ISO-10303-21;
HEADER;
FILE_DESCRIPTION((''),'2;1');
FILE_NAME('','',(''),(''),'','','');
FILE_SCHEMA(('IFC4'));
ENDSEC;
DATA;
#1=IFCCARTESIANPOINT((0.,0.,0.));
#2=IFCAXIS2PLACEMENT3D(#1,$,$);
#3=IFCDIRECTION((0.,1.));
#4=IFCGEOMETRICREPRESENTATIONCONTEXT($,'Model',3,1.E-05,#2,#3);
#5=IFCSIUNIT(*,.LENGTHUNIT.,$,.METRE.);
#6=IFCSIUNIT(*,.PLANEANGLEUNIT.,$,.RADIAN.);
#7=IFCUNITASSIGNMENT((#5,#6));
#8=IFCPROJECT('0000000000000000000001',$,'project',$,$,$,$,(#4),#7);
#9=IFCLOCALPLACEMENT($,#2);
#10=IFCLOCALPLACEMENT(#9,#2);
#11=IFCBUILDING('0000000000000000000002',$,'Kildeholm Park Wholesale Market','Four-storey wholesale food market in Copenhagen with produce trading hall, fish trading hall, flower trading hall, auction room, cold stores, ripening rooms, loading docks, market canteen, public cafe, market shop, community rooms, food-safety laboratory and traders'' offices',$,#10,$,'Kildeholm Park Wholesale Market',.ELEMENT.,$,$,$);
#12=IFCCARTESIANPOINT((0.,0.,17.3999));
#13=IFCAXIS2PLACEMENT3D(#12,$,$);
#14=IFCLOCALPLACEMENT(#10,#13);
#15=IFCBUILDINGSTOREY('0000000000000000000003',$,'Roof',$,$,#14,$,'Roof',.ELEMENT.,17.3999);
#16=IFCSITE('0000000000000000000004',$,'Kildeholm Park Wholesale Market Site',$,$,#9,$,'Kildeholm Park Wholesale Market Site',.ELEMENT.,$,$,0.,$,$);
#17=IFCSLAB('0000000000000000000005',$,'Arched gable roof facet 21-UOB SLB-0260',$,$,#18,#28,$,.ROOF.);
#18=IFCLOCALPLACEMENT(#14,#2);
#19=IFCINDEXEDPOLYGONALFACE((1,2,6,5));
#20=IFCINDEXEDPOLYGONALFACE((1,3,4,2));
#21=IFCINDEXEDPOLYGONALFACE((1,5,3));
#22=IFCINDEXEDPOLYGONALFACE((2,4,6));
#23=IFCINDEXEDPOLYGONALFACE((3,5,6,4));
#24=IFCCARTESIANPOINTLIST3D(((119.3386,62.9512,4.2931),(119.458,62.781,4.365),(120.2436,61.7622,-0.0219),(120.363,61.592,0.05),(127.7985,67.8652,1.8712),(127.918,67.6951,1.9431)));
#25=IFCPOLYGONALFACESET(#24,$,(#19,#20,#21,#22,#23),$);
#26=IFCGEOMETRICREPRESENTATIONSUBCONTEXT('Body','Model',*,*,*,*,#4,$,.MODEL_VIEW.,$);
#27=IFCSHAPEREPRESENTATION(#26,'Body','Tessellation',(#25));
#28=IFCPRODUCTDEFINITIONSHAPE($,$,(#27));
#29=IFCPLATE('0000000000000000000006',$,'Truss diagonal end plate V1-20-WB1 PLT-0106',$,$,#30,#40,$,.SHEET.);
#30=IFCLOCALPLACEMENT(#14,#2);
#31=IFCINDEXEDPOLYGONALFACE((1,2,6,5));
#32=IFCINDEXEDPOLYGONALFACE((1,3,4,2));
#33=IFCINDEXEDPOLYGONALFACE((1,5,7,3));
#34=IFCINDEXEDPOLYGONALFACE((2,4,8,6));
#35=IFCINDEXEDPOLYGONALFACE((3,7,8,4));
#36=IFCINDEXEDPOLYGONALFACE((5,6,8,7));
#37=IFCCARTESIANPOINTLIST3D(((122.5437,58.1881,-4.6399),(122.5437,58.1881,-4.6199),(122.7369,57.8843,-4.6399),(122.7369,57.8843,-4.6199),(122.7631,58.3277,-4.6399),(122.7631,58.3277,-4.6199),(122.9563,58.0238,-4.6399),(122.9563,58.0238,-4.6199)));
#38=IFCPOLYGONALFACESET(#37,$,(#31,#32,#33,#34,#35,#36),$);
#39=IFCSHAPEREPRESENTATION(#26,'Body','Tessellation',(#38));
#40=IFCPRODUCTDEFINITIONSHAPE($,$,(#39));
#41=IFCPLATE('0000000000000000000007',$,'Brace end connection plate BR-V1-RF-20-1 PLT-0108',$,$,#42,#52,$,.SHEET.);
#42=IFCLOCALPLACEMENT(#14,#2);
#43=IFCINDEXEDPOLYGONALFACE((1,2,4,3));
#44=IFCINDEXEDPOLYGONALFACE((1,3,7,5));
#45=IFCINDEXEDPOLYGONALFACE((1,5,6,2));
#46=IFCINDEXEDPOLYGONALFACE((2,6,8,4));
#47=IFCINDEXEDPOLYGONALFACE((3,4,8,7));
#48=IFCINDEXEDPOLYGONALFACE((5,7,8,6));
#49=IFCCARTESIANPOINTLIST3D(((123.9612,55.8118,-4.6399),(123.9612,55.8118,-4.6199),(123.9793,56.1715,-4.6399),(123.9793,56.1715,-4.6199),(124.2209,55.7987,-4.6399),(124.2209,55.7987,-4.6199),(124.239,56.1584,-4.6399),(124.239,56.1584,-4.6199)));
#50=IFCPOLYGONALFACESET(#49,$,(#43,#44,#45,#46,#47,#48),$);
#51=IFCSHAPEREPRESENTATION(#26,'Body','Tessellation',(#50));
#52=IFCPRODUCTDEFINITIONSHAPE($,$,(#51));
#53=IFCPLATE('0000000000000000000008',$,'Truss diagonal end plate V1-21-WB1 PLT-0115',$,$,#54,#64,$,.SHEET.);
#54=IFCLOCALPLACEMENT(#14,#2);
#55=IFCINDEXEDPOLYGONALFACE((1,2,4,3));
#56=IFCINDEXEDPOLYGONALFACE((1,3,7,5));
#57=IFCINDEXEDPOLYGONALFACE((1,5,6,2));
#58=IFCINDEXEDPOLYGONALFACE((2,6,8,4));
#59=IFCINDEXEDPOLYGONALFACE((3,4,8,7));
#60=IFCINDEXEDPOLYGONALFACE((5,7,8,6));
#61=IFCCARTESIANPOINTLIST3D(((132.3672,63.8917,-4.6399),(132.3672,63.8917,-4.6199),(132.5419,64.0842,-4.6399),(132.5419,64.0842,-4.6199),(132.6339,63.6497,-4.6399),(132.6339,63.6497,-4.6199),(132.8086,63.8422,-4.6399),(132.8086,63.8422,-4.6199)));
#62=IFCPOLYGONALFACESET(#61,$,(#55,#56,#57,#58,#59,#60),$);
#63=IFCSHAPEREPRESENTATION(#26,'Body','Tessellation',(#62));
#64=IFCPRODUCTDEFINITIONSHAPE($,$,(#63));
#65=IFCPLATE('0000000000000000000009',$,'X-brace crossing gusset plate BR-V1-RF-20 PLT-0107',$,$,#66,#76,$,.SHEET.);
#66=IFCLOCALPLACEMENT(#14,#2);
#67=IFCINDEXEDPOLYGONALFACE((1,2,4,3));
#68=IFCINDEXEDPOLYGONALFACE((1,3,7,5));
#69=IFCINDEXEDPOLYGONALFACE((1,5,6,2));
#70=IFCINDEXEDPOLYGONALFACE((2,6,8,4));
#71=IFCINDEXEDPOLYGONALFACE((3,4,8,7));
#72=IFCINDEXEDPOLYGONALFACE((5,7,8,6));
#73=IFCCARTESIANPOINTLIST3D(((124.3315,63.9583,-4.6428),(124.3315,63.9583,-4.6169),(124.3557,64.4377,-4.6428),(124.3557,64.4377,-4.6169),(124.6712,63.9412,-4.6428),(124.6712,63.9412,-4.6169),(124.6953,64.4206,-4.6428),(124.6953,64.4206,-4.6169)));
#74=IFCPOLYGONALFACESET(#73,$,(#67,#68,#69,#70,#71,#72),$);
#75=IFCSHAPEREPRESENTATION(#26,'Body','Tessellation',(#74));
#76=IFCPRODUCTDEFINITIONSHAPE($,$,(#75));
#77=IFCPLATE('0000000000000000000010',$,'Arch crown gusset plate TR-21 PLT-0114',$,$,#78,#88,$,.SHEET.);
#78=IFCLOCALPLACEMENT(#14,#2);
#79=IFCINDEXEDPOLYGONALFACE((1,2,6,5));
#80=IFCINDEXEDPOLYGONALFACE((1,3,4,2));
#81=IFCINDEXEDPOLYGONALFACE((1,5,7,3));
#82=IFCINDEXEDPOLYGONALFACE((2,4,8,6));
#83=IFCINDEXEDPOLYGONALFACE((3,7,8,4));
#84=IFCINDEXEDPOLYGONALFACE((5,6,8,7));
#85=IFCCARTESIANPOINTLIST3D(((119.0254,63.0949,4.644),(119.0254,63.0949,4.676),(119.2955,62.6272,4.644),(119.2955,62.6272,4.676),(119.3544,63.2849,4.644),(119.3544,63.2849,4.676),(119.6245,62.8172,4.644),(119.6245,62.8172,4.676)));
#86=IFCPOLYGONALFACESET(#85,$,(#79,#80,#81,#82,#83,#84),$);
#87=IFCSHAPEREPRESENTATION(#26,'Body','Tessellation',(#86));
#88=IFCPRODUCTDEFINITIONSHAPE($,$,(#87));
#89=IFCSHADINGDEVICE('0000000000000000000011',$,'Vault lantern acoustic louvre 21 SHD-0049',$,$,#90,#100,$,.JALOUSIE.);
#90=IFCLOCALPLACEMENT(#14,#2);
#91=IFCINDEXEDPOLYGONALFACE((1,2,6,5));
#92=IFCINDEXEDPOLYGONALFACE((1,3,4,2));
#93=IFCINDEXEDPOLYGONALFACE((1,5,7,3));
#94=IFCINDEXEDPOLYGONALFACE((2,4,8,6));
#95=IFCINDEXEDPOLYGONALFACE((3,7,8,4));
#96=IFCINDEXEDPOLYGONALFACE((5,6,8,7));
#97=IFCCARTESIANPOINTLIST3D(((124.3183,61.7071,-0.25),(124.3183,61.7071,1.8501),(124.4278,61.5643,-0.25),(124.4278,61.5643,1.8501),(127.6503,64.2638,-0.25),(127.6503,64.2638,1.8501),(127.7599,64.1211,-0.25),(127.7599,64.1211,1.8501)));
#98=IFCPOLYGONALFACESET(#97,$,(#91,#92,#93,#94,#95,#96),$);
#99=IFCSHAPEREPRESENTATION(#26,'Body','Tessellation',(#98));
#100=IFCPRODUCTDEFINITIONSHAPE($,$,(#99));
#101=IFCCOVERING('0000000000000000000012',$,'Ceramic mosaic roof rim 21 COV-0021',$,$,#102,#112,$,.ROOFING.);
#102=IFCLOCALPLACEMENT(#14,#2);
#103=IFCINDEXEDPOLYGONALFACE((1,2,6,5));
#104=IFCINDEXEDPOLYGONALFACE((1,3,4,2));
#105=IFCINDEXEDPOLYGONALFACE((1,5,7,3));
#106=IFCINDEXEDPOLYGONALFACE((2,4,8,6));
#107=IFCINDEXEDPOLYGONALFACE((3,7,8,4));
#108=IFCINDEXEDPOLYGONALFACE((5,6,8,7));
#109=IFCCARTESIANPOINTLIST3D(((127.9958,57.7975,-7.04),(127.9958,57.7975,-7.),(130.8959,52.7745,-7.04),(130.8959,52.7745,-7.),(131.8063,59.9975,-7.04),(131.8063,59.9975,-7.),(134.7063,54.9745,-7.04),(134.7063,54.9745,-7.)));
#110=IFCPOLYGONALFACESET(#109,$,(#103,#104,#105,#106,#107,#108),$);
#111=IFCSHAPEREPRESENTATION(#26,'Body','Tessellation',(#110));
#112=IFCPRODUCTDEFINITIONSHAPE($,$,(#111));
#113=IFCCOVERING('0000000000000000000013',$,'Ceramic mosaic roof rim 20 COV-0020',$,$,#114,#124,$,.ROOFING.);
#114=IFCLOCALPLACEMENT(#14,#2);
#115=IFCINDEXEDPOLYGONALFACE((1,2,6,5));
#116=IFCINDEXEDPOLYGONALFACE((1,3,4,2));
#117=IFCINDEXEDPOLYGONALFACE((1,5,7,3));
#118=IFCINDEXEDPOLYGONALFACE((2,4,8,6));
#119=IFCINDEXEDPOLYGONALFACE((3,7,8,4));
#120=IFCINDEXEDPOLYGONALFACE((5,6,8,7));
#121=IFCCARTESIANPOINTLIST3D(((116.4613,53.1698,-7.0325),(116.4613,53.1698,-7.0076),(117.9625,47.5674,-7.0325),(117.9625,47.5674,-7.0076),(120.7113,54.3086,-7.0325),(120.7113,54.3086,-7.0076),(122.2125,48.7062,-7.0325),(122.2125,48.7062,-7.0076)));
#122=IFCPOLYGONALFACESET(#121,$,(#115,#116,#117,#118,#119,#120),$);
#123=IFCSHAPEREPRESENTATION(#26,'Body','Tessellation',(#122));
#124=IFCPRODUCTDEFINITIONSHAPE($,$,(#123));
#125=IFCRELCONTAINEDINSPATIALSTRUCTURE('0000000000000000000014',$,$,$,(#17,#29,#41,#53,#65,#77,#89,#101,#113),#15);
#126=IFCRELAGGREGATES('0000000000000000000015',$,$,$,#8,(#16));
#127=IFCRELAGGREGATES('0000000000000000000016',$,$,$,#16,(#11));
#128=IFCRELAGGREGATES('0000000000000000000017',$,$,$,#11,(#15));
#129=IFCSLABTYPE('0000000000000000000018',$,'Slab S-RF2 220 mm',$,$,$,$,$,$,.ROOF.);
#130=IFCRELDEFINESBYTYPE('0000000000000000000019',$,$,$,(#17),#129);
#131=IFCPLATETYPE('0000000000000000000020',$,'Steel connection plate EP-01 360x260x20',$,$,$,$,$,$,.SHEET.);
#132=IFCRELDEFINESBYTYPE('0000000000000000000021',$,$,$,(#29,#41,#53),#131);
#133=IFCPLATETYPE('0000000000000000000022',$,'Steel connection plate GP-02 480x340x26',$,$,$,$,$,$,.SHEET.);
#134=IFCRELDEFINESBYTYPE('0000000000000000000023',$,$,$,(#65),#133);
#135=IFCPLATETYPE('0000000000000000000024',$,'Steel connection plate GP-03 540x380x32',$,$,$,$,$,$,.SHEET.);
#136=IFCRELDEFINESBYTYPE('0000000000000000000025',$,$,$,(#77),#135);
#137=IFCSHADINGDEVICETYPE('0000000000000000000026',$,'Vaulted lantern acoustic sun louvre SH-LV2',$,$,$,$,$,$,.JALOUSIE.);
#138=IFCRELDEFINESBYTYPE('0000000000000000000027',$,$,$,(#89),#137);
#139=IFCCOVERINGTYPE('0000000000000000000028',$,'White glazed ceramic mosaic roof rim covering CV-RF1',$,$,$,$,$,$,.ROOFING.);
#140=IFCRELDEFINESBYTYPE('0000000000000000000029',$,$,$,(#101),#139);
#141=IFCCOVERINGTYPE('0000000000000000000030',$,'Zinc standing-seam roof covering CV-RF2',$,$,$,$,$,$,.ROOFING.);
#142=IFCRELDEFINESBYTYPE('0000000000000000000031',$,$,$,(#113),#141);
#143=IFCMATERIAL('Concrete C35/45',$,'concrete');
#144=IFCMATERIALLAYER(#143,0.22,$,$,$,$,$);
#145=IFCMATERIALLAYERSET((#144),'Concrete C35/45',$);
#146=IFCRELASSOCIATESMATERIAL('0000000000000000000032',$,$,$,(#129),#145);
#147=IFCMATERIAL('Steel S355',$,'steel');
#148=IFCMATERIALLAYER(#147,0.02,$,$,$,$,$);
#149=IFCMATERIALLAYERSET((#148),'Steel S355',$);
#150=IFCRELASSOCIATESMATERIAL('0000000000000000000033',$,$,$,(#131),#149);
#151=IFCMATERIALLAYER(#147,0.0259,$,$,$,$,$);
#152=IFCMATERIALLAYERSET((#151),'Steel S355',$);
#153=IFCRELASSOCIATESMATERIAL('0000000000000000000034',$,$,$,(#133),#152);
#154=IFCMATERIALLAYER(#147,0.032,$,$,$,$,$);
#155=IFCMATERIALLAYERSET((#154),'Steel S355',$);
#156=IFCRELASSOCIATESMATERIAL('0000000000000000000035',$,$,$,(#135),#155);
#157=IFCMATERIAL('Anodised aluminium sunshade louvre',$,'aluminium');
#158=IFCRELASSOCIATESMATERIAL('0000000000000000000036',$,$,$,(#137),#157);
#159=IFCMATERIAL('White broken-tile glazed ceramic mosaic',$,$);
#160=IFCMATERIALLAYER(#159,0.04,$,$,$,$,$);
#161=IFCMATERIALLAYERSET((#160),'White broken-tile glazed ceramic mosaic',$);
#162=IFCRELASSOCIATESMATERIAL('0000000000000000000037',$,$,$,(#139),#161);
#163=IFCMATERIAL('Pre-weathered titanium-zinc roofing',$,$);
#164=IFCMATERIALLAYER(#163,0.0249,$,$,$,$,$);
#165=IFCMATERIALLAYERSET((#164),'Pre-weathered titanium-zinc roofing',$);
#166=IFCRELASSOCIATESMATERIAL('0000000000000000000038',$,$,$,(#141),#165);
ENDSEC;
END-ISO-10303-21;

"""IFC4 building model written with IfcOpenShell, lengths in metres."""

from ifc_helpers import new_model, si_unit, direction, frame, origin, origin_2d, place, context, subcontext, project, spatial, polyline, rectangle, outline, extrude, material, layer, layer_set, type_object, element, save


model = new_model("IFC4")

# Units and contexts
model_context = context("Model", 3, precision=1e-05, world=origin(), true_north=direction((0.0, 1.0)))
body_context = subcontext(model_context, "Body", "Model", "MODEL_VIEW")
ifc_project = project(units=[si_unit("LENGTHUNIT", "METRE"), si_unit("PLANEANGLEUNIT", "RADIAN")], contexts=[model_context])

# Site, building, storey
site_placement = place(None, origin())
site = spatial("IfcSite", under=ifc_project, at=site_placement, Name="Kildeholm Park Wholesale Market Site", LongName="Kildeholm Park Wholesale Market Site", CompositionType="ELEMENT", RefElevation=0.0)
building_placement = place(site_placement, origin())
building = spatial("IfcBuilding", under=site, at=building_placement, Name="Kildeholm Park Wholesale Market", Description="Four-storey wholesale food market in Copenhagen with produce trading hall, fish trading hall, flower trading hall, auction room, cold stores, ripening rooms, loading docks, market canteen, public cafe, market shop, community rooms, food-safety laboratory and traders' offices", LongName="Kildeholm Park Wholesale Market", CompositionType="ELEMENT")
storey_placement = place(building_placement, frame((0.0, 0.0, 17.3999)))
storey = spatial("IfcBuildingStorey", under=building, at=storey_placement, Name="Roof", LongName="Roof", CompositionType="ELEMENT", Elevation=17.3999)

# Shared definitions
ifc_material_1 = material(Name="Steel S355", Category="steel")

# Slab
ifc_material_2 = material(Name="Concrete C35/45", Category="concrete")
ifc_layer_1 = layer(ifc_material_2, 0.22)
ifc_layer_set_1 = layer_set([ifc_layer_1], Name="Concrete C35/45")
slab_type = type_object("IfcSlabType", Name="Slab S-RF2 220 mm", PredefinedType="ROOF", material=ifc_layer_set_1)
slab_1_placement = place(storey_placement, frame((120.363, 61.592, 0.05), z_axis=(0.542913, -0.773505, 0.327009), x_axis=(0.763523, 0.61679, 0.191319)))
element("IfcSlab", 1, at=slab_1_placement, inside=storey, type_object=slab_type, Name="Arched gable roof facet 21-UOB SLB-0260", PredefinedType="ROOF", context=body_context, shape_type="SweptSolid", body=[
    extrude(outline(polyline([(0.0, 0.0), (9.8948, 0.0), (0.8679, 4.4831), (0.0, 0.0)])), origin(), (0.0, 0.0, -1.0), 0.22),
])

# Plates
ifc_layer_2 = layer(ifc_material_1, 0.02)
ifc_layer_set_2 = layer_set([ifc_layer_2], Name="Steel S355")
plate_type_1 = type_object("IfcPlateType", Name="Steel connection plate EP-01 360x260x20", PredefinedType="SHEET", material=ifc_layer_set_2)
for number, where, z_axis, x_axis, name in (
    (2, (122.75, 58.106, -4.6399), (0.0, 0.0, 1.0), (-0.536711, 0.843766, 0.0), "Truss diagonal end plate V1-20-WB1 PLT-0106"),
    (3, (124.1001, 55.9851, -4.6399), (0.0, 0.0, 1.0), (0.050244, 0.998737, 0.0), "Brace end connection plate BR-V1-RF-20-1 PLT-0108"),
    (4, (132.5879, 63.8669, -4.6399), (0.0, 0.0, 1.0), (-0.74057, 0.671979, 0.0), "Truss diagonal end plate V1-21-WB1 PLT-0115"),
):
    element("IfcPlate", number, at=place(storey_placement, frame(where, z_axis=z_axis, x_axis=x_axis)), inside=storey, type_object=plate_type_1, Name=name, PredefinedType="SHEET", context=body_context, shape_type="SweptSolid", body=[
        extrude(rectangle(XDim=0.3601, YDim=0.26, at=origin_2d()), origin(), (0.0, 0.0, 1.0), 0.02),
    ])
ifc_layer_3 = layer(ifc_material_1, 0.0259)
ifc_layer_set_3 = layer_set([ifc_layer_3], Name="Steel S355")
plate_type_2 = type_object("IfcPlateType", Name="Steel connection plate GP-02 480x340x26", PredefinedType="SHEET", material=ifc_layer_set_3)
plate_1_placement = place(storey_placement, frame((124.5134, 64.1895, -4.6428), z_axis=(0.0, 0.0, 1.0), x_axis=(0.050244, 0.998737, 0.0)))
element("IfcPlate", 5, at=plate_1_placement, inside=storey, type_object=plate_type_2, Name="X-brace crossing gusset plate BR-V1-RF-20 PLT-0107", PredefinedType="SHEET", context=body_context, shape_type="SweptSolid", body=[
    extrude(rectangle(XDim=0.48, YDim=0.3401, at=origin_2d()), origin(), (0.0, 0.0, 1.0), 0.0259),
])
ifc_layer_4 = layer(ifc_material_1, 0.032)
ifc_layer_set_4 = layer_set([ifc_layer_4], Name="Steel S355")
plate_type_3 = type_object("IfcPlateType", Name="Steel connection plate GP-03 540x380x32", PredefinedType="SHEET", material=ifc_layer_set_4)
plate_2_placement = place(storey_placement, frame((119.325, 62.9561, 4.644), z_axis=(0.0, 0.0, 1.0), x_axis=(0.5, -0.866025, 0.0)))
element("IfcPlate", 6, at=plate_2_placement, inside=storey, type_object=plate_type_3, Name="Arch crown gusset plate TR-21 PLT-0114", PredefinedType="SHEET", context=body_context, shape_type="SweptSolid", body=[
    extrude(rectangle(XDim=0.54, YDim=0.3799, at=origin_2d()), origin(), (0.0, 0.0, 1.0), 0.032),
])

# Shading device
ifc_material_3 = material(Name="Anodised aluminium sunshade louvre", Category="aluminium")
shading_device_type = type_object("IfcShadingDeviceType", Name="Vaulted lantern acoustic sun louvre SH-LV2", PredefinedType="JALOUSIE", material=ifc_material_3)
shading_device_placement = place(storey_placement, frame((126.0391, 62.9141, -0.25), z_axis=(0.0, 0.0, 1.0), x_axis=(0.793353, 0.608761, 0.0)))
element("IfcShadingDevice", 7, at=shading_device_placement, inside=storey, type_object=shading_device_type, Name="Vault lantern acoustic louvre 21 SHD-0049", PredefinedType="JALOUSIE", context=body_context, shape_type="SweptSolid", body=[
    extrude(rectangle(XDim=4.2, YDim=0.1799, at=origin_2d()), origin(), (0.0, 0.0, 1.0), 2.1001),
])

# Coverings
ifc_material_4 = material(Name="White broken-tile glazed ceramic mosaic")
ifc_layer_5 = layer(ifc_material_4, 0.04)
ifc_layer_set_5 = layer_set([ifc_layer_5], Name="White broken-tile glazed ceramic mosaic")
covering_type_1 = type_object("IfcCoveringType", Name="White glazed ceramic mosaic roof rim covering CV-RF1", PredefinedType="ROOFING", material=ifc_layer_set_5)
covering_1_placement = place(storey_placement, frame((131.3511, 56.386, -7.04), z_axis=(0.0, 0.0, 1.0), x_axis=(0.5, -0.866025, 0.0)))
element("IfcCovering", 8, at=covering_1_placement, inside=storey, type_object=covering_type_1, Name="Ceramic mosaic roof rim 21 COV-0021", PredefinedType="ROOFING", context=body_context, shape_type="SweptSolid", body=[
    extrude(rectangle(XDim=5.8, YDim=4.3999, at=origin_2d()), origin(), (0.0, 0.0, 1.0), 0.04),
])
ifc_material_5 = material(Name="Pre-weathered titanium-zinc roofing")
ifc_layer_6 = layer(ifc_material_5, 0.0249)
ifc_layer_set_6 = layer_set([ifc_layer_6], Name="Pre-weathered titanium-zinc roofing")
covering_type_2 = type_object("IfcCoveringType", Name="Zinc standing-seam roof covering CV-RF2", PredefinedType="ROOFING", material=ifc_layer_set_6)
covering_2_placement = place(storey_placement, frame((119.3369, 50.938, -7.0325), z_axis=(0.0, 0.0, 1.0), x_axis=(0.258819, -0.965926, 0.0)))
element("IfcCovering", 9, at=covering_2_placement, inside=storey, type_object=covering_type_2, Name="Ceramic mosaic roof rim 20 COV-0020", PredefinedType="ROOFING", context=body_context, shape_type="SweptSolid", body=[
    extrude(rectangle(XDim=5.8, YDim=4.3999, at=origin_2d()), origin(), (0.0, 0.0, 1.0), 0.0249),
])

save(model, "model.ifc")
